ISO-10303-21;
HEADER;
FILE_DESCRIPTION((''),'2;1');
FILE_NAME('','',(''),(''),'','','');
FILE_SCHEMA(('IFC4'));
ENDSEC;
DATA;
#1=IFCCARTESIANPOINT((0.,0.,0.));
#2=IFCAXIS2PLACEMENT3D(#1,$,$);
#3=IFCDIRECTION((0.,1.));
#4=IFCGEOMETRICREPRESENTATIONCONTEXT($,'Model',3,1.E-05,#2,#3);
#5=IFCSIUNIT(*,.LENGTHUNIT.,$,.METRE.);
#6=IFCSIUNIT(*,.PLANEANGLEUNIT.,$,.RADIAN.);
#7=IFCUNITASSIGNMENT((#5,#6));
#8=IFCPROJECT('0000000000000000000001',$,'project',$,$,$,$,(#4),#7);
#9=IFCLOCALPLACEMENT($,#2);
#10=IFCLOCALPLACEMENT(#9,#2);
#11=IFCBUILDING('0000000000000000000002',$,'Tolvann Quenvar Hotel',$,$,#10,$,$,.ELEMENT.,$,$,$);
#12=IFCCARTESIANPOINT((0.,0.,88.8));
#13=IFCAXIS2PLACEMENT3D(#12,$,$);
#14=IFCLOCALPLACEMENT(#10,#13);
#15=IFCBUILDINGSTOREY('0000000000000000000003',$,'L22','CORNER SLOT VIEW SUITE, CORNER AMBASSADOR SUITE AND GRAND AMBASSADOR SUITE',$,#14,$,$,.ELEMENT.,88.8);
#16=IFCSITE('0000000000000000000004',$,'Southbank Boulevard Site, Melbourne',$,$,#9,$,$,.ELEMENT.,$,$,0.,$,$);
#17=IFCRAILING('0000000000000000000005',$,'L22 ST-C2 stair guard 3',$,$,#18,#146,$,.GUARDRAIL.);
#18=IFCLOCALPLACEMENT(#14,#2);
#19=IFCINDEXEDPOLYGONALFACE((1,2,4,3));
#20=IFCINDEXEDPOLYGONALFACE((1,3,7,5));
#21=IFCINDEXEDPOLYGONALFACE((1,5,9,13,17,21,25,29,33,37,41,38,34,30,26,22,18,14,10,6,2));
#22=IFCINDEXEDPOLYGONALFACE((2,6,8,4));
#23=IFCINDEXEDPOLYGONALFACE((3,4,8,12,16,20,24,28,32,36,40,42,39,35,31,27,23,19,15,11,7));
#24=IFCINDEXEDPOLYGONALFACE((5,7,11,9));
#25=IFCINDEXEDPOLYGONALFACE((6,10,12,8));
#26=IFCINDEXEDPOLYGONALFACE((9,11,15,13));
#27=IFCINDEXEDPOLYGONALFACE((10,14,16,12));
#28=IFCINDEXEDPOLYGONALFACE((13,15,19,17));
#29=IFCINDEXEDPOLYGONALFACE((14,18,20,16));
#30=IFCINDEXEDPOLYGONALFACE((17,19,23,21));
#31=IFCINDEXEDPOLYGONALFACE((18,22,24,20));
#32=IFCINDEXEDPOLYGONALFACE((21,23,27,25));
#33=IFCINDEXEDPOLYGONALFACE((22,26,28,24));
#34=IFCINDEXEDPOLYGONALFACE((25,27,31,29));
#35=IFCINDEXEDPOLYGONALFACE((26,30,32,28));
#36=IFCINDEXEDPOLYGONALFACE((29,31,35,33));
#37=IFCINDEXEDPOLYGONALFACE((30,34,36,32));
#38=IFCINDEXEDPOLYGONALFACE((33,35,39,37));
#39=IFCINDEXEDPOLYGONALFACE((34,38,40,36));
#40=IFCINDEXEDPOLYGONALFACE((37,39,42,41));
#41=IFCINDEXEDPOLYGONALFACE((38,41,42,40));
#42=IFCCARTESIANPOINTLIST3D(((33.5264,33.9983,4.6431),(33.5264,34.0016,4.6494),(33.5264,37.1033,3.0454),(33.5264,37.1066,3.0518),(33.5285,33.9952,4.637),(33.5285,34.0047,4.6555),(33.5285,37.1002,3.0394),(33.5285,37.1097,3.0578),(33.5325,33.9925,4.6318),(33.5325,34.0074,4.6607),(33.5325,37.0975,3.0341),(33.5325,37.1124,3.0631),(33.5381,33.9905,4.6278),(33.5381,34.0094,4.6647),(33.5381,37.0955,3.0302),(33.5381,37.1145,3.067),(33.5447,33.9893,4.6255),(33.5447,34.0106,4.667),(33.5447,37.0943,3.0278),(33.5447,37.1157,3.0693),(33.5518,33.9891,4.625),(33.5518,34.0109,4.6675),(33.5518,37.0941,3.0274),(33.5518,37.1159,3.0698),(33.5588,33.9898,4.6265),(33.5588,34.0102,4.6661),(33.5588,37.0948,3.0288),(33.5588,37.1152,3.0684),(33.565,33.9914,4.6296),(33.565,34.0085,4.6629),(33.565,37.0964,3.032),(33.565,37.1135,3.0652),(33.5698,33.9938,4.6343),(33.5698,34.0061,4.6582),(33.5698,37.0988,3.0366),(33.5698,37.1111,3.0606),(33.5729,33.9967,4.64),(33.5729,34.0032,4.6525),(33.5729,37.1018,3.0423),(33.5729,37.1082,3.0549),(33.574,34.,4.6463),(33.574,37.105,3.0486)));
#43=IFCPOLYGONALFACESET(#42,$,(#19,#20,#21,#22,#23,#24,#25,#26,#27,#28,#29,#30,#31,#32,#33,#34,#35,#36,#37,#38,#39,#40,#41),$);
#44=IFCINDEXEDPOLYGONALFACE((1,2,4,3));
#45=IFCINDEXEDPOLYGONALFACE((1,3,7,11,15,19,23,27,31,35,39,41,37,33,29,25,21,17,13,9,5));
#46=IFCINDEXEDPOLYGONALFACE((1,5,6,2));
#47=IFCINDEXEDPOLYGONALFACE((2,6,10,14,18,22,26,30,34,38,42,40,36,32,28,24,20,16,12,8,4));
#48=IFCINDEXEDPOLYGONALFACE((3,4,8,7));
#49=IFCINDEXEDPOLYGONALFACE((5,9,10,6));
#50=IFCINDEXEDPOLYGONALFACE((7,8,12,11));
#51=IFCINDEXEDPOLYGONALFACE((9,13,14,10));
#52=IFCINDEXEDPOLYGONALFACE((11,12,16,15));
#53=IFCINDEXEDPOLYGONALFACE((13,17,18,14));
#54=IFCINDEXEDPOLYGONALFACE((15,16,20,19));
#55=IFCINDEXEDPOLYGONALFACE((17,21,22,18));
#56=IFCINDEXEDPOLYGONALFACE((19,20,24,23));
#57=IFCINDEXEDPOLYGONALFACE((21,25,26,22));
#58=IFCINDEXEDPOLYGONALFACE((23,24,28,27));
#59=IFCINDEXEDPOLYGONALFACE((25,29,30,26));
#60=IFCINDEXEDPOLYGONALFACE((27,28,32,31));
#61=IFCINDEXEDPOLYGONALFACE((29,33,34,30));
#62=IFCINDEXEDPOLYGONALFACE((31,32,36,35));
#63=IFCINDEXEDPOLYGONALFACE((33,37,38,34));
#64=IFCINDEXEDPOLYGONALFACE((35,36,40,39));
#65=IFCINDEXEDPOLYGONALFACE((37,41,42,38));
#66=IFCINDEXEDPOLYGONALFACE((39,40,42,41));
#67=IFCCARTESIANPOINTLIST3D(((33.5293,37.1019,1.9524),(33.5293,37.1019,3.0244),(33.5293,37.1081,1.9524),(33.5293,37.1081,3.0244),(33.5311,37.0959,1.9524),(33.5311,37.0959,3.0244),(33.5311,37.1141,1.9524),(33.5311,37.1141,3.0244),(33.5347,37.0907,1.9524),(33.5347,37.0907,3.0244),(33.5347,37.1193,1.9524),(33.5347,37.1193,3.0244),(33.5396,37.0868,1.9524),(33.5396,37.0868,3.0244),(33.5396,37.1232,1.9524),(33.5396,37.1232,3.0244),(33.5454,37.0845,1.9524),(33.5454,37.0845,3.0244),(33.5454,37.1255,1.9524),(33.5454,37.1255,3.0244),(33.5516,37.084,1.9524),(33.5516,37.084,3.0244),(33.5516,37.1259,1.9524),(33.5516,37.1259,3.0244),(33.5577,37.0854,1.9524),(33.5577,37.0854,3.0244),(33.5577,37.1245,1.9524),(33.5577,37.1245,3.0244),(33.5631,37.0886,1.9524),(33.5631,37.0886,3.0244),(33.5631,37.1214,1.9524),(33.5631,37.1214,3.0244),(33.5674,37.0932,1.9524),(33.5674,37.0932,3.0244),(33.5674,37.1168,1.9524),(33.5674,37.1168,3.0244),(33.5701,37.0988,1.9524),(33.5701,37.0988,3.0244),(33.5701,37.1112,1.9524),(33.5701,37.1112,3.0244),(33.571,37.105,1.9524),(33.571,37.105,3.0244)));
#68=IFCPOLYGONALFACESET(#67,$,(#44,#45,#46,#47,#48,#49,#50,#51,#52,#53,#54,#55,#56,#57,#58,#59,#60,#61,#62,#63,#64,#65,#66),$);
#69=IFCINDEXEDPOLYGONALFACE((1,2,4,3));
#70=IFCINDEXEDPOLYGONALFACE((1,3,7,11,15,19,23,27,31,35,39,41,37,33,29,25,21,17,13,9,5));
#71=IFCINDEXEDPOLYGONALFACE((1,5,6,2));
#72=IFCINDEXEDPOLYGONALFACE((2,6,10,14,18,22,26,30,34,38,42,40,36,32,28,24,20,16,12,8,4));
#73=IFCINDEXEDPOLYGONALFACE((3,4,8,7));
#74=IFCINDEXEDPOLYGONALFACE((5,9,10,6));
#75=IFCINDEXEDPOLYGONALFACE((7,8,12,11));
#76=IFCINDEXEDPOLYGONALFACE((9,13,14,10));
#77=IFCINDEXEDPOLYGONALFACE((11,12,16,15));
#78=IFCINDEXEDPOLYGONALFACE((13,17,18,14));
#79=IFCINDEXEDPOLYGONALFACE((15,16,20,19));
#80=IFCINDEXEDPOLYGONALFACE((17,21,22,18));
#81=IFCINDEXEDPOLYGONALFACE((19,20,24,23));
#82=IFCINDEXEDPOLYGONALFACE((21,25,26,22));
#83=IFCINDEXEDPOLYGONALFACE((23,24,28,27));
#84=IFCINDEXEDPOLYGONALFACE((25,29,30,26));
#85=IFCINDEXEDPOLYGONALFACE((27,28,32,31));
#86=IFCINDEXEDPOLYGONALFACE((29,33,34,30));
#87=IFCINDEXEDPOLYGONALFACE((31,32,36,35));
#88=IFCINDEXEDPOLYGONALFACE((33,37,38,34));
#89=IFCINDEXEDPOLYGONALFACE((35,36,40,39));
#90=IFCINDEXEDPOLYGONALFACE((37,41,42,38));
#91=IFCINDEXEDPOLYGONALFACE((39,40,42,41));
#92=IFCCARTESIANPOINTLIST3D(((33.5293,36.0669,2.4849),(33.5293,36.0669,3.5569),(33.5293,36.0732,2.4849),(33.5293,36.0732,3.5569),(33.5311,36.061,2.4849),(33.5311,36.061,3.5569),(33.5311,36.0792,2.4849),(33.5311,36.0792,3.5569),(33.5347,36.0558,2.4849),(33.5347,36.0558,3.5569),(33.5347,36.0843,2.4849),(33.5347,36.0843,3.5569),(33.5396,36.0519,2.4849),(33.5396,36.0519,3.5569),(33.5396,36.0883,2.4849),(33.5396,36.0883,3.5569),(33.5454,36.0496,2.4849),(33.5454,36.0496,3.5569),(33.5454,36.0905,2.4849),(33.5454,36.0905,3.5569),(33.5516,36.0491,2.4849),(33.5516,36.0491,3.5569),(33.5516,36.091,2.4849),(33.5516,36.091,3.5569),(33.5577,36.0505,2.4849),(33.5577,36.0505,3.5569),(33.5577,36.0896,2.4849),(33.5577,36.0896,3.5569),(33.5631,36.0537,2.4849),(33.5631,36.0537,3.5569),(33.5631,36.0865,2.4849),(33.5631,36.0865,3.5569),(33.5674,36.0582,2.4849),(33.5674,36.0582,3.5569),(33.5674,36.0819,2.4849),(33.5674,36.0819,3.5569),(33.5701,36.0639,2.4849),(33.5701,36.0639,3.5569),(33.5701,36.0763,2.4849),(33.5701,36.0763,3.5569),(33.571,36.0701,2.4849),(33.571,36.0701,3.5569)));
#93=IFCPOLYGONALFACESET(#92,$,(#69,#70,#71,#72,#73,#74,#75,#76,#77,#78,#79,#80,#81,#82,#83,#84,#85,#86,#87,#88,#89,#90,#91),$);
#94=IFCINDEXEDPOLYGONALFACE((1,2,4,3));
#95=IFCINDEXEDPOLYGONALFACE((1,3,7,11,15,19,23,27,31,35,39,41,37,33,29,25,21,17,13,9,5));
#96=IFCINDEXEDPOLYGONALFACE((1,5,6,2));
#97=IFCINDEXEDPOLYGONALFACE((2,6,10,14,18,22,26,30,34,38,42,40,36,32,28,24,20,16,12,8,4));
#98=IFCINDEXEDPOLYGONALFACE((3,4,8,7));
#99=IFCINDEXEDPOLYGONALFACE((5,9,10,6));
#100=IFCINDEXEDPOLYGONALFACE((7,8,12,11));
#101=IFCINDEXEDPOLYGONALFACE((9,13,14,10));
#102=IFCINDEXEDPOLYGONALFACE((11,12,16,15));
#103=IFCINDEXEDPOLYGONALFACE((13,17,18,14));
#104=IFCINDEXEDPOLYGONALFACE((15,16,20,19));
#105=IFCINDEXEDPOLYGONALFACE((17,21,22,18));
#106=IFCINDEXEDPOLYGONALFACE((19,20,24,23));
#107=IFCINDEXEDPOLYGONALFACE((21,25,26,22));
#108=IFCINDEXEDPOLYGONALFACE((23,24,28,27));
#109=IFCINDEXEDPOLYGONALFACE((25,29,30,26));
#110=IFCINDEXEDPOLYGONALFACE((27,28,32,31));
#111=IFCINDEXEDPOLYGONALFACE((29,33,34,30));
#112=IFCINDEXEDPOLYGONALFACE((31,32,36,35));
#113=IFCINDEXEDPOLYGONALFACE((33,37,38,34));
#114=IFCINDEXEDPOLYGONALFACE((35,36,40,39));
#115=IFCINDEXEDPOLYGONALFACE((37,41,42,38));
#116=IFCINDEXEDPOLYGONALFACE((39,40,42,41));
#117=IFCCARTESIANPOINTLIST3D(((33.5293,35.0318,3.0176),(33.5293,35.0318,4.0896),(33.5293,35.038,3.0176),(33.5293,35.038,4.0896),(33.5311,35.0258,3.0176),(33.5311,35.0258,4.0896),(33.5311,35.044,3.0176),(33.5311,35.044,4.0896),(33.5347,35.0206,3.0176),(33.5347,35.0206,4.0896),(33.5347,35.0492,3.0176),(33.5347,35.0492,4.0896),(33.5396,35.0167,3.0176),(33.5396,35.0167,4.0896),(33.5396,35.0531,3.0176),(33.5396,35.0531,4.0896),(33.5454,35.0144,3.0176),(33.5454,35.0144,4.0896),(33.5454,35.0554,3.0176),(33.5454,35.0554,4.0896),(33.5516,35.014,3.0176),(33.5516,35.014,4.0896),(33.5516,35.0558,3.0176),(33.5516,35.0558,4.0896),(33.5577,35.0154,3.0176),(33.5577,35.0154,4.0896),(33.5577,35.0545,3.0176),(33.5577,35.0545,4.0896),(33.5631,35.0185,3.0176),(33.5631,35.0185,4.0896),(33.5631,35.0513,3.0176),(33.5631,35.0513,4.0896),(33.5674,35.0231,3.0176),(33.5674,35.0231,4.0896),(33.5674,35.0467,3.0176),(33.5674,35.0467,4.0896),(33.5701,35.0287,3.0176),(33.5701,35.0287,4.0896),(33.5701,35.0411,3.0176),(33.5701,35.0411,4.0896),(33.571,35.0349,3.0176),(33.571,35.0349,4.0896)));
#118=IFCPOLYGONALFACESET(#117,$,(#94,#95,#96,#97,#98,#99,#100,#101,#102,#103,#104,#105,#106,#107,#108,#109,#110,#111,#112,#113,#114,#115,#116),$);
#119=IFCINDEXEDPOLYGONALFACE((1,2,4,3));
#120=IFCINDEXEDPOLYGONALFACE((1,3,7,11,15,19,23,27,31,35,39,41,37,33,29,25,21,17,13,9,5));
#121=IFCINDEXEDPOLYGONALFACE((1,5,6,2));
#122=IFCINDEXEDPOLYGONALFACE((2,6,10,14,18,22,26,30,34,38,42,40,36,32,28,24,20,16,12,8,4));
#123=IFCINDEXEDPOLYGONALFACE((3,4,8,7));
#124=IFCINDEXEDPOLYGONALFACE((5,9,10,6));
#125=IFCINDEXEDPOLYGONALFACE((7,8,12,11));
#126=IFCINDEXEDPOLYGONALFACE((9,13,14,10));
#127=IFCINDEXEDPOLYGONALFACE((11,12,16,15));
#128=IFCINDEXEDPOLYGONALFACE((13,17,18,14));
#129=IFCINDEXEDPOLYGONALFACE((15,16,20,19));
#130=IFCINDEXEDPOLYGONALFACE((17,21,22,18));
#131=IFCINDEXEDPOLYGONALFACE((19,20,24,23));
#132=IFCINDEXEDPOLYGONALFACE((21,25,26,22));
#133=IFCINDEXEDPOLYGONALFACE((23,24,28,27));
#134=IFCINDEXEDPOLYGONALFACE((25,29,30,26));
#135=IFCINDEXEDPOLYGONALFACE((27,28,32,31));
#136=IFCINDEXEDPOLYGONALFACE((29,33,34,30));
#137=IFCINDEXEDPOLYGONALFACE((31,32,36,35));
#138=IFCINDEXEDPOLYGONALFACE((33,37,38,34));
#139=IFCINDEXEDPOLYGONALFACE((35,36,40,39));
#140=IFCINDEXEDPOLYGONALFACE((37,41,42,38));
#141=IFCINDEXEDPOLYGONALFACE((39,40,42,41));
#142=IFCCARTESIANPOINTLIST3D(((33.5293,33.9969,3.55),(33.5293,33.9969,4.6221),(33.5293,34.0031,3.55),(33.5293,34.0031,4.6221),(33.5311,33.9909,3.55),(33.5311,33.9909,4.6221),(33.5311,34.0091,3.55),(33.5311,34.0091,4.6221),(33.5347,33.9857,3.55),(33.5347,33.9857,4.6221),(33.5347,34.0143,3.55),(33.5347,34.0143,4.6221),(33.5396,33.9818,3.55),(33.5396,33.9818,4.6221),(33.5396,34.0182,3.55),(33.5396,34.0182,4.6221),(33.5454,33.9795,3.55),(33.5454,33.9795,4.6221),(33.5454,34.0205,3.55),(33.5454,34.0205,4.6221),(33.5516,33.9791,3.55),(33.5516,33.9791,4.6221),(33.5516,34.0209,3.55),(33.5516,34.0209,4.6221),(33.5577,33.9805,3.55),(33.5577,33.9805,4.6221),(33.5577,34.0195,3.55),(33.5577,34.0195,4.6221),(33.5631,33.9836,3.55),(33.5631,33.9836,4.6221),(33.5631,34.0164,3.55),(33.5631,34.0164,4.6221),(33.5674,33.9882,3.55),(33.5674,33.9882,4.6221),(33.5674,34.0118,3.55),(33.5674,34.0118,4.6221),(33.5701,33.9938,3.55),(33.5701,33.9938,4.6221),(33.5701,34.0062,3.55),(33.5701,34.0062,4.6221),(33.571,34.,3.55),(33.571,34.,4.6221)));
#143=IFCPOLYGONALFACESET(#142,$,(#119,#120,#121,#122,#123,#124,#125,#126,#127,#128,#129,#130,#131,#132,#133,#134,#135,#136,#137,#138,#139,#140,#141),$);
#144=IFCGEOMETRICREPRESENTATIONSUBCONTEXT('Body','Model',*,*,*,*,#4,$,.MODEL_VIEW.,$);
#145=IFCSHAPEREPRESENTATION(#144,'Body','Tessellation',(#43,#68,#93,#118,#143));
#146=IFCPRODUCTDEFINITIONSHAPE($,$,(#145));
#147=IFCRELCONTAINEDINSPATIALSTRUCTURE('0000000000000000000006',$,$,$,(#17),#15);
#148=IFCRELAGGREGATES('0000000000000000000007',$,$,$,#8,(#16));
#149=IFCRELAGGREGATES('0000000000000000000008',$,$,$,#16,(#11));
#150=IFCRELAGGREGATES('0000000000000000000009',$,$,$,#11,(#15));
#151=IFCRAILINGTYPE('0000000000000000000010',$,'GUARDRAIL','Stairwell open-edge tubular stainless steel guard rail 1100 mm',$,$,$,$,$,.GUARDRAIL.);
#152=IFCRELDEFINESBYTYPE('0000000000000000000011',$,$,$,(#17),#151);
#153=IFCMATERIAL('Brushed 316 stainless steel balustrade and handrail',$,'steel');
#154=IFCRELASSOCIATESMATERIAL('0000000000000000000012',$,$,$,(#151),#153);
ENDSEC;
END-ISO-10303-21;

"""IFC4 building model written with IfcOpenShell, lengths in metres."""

from ifc_helpers import new_model, si_unit, direction, frame, origin, origin_2d, place, context, subcontext, project, spatial, circle, extrude, material, type_object, element, save


model = new_model("IFC4")

# Units and contexts
model_context = context("Model", 3, precision=1e-05, world=origin(), true_north=direction((0.0, 1.0)))
body_context = subcontext(model_context, "Body", "Model", "MODEL_VIEW")
ifc_project = project(units=[si_unit("LENGTHUNIT", "METRE"), si_unit("PLANEANGLEUNIT", "RADIAN")], contexts=[model_context])

# Site, building, storey
site_placement = place(None, origin())
site = spatial("IfcSite", under=ifc_project, at=site_placement, Name="Southbank Boulevard Site, Melbourne", CompositionType="ELEMENT", RefElevation=0.0)
building_placement = place(site_placement, origin())
building = spatial("IfcBuilding", under=site, at=building_placement, Name="Tolvann Quenvar Hotel", CompositionType="ELEMENT")
storey_placement = place(building_placement, frame((0.0, 0.0, 88.8)))
storey = spatial("IfcBuildingStorey", under=building, at=storey_placement, Name="L22", Description="CORNER SLOT VIEW SUITE, CORNER AMBASSADOR SUITE AND GRAND AMBASSADOR SUITE", CompositionType="ELEMENT", Elevation=88.8)

# Railing
ifc_material_1 = material(Name="Brushed 316 stainless steel balustrade and handrail", Category="steel")
railing_type_1 = type_object("IfcRailingType", Name="GUARDRAIL", Description="Stairwell open-edge tubular stainless steel guard rail 1100 mm", PredefinedType="GUARDRAIL", material=ifc_material_1)
railing_1_placement = place(storey_placement, frame((33.55, 37.105, 1.9524)))
element("IfcRailing", 1, at=railing_1_placement, inside=storey, type_object=railing_type_1, Name="L22 ST-C2 stair guard 3", PredefinedType="GUARDRAIL", context=body_context, shape_type="SweptSolid", body=[
    extrude(circle(Radius=0.0239, at=origin_2d()), frame((0.0, 0.0, 1.0962), z_axis=(0.0, -0.889194, 0.457531), x_axis=(1.0, 0.0, 0.0)), (0.0, 0.0, 1.0), 3.4919),
    extrude(circle(Radius=0.021, at=origin_2d()), origin(), (0.0, 0.0, 1.0), 1.072),
    extrude(circle(Radius=0.021, at=origin_2d()), frame((0.0, -1.0349, 0.5325)), (0.0, 0.0, 1.0), 1.072),
    extrude(circle(Radius=0.021, at=origin_2d()), frame((0.0, -2.0701, 1.0652)), (0.0, 0.0, 1.0), 1.072),
    extrude(circle(Radius=0.021, at=origin_2d()), frame((0.0, -3.105, 1.5977)), (0.0, 0.0, 1.0), 1.072),
])

save(model, "model.ifc")
